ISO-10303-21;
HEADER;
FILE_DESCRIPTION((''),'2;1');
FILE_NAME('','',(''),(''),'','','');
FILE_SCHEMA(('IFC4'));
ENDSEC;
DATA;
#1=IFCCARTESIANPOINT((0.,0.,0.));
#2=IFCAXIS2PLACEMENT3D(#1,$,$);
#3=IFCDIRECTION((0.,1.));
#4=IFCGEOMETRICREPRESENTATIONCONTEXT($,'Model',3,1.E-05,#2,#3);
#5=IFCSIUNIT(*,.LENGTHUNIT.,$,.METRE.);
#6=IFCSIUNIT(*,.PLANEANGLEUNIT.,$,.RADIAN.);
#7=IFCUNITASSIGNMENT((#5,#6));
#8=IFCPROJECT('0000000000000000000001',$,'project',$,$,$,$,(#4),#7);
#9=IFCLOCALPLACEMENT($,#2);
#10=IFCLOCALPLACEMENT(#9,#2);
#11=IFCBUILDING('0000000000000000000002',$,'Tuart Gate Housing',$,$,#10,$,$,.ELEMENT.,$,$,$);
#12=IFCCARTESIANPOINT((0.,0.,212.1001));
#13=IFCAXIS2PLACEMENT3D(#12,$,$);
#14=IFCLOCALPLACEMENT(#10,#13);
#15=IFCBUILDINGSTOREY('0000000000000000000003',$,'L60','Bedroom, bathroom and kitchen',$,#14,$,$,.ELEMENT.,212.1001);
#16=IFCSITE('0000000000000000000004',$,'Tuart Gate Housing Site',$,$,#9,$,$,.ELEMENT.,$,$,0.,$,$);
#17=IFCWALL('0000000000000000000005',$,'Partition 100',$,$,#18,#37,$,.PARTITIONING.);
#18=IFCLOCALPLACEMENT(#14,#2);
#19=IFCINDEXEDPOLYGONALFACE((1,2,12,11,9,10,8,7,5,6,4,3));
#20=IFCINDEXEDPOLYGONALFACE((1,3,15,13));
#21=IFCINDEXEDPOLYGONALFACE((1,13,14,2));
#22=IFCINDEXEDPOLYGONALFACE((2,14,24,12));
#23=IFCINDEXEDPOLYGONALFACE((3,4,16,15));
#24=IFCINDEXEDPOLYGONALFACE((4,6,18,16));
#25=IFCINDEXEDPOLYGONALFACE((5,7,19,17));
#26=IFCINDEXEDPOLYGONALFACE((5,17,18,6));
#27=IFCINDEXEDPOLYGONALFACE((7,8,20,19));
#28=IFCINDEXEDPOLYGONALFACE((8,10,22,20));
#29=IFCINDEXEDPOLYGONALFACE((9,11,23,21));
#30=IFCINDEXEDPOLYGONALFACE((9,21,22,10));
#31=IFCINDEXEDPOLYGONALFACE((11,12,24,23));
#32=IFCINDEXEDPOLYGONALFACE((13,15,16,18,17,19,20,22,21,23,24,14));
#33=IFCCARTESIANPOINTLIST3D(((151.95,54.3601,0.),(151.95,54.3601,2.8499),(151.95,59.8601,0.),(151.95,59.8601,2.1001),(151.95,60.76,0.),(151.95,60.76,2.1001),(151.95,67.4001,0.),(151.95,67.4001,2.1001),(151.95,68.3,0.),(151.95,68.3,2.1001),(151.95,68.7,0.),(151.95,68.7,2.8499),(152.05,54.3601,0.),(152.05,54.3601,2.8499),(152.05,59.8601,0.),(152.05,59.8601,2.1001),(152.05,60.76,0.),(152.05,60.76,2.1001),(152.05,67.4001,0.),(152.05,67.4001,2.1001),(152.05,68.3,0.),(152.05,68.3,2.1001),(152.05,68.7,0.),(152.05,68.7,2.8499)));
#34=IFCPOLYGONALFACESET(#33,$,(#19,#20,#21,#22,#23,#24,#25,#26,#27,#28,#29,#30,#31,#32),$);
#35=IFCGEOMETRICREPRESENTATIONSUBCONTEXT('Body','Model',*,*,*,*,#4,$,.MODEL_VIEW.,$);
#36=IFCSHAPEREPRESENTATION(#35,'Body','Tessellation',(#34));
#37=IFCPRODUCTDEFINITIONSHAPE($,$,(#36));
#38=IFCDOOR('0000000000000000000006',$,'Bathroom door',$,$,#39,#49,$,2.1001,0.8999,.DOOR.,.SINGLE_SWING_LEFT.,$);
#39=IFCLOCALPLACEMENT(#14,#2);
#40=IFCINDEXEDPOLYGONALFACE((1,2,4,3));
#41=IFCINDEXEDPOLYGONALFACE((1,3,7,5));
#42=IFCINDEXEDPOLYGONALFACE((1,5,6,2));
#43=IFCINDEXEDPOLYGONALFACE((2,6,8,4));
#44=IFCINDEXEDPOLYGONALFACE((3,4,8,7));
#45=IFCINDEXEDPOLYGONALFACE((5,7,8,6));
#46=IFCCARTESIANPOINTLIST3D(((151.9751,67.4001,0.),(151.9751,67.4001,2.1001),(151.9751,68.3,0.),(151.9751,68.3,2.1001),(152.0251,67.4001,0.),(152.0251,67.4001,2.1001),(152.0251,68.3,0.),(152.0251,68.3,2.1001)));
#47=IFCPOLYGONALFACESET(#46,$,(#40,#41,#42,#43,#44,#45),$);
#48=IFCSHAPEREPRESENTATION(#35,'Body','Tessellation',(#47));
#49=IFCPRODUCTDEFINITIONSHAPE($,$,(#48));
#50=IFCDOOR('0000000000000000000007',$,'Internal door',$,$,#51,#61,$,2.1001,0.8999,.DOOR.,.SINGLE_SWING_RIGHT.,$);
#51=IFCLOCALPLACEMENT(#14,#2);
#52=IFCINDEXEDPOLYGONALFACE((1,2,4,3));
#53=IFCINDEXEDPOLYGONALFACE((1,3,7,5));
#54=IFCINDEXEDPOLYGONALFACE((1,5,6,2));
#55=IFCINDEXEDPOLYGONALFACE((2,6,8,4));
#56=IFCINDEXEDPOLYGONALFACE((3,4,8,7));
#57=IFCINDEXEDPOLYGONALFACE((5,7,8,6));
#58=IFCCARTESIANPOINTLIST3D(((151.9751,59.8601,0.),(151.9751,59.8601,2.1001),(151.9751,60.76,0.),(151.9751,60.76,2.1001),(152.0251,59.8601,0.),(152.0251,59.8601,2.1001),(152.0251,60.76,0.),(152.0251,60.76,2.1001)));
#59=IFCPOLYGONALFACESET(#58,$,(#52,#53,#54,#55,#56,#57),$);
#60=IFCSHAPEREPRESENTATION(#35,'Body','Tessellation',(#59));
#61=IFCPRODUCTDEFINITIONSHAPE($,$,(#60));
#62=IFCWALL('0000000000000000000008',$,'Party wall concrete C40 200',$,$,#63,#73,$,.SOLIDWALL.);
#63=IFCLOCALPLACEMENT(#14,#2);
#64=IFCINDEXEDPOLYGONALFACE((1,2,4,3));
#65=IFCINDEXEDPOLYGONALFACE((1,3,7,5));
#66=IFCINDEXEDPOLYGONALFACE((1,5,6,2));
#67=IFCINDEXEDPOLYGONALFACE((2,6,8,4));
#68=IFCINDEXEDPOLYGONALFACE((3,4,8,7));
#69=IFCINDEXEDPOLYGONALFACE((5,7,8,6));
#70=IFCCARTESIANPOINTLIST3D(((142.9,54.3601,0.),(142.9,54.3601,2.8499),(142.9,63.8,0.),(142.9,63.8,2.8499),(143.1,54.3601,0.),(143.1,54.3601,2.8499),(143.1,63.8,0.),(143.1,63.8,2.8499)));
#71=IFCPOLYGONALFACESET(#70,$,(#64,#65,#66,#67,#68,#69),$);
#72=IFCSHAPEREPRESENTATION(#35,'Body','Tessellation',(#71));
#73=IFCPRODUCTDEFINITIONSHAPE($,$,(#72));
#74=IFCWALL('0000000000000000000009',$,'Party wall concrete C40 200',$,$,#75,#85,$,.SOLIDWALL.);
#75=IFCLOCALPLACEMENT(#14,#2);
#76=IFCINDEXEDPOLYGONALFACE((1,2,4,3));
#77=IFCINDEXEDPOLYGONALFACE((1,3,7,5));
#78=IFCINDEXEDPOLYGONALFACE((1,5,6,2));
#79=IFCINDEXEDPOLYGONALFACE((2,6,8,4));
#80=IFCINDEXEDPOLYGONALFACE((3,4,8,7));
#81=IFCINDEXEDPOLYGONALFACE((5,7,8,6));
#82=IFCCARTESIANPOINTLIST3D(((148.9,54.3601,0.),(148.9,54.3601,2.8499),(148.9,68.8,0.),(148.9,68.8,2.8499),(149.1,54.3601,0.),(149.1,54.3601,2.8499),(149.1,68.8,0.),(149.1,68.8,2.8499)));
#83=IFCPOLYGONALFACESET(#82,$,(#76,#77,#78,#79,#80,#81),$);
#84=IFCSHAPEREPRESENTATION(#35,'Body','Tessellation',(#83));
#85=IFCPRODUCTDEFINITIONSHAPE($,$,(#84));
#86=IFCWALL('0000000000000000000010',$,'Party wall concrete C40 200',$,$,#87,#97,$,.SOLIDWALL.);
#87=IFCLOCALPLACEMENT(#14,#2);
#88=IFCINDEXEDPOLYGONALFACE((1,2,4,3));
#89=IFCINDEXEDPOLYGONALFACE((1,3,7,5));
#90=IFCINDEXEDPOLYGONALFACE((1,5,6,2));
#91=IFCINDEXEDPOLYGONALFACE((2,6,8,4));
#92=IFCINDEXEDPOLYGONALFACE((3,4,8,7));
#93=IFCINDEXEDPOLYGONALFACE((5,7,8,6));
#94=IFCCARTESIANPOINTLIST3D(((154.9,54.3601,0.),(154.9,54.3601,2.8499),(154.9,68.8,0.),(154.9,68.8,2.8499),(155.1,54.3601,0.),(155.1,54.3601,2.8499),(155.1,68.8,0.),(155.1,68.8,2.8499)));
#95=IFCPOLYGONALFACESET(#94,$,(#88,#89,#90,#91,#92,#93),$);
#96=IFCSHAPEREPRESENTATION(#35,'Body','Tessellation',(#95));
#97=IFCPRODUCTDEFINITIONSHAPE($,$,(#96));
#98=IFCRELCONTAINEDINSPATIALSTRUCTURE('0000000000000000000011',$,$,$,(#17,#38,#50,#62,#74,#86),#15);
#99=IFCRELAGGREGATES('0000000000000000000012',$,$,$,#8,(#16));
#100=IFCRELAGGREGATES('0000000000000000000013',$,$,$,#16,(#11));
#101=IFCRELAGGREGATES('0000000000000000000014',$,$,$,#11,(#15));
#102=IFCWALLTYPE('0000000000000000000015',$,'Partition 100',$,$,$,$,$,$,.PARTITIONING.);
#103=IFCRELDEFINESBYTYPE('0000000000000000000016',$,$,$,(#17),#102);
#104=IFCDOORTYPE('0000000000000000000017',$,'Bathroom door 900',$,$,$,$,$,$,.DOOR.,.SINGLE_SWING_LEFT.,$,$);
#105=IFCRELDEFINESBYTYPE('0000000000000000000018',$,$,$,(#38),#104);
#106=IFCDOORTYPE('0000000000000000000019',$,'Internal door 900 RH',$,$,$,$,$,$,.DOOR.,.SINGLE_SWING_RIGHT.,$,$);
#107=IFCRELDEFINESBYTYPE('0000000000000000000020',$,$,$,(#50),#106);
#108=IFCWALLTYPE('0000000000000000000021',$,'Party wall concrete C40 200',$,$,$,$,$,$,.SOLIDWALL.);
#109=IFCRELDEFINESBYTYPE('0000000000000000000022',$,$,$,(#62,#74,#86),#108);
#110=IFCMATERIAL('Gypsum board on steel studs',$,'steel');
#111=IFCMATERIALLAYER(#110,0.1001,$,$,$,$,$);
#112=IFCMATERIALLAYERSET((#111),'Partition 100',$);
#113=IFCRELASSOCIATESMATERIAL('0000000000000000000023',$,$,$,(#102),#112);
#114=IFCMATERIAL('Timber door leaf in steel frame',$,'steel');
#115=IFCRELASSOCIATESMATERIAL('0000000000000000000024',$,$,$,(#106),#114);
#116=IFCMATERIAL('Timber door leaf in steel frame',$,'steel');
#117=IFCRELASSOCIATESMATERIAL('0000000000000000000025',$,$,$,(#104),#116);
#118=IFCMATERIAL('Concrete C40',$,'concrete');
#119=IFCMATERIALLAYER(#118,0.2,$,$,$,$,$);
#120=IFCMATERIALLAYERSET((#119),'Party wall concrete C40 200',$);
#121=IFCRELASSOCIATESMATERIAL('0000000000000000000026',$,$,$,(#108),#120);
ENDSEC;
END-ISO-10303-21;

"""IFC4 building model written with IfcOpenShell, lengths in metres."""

from ifc_helpers import new_model, si_unit, direction, frame, frame_2d, origin, place, context, subcontext, project, spatial, rectangle, extrude, material, layer, layer_set, type_object, element, fill, save


model = new_model("IFC4")

# Units and contexts
model_context = context("Model", 3, precision=1e-05, world=origin(), true_north=direction((0.0, 1.0)))
body_context = subcontext(model_context, "Body", "Model", "MODEL_VIEW")
ifc_project = project(units=[si_unit("LENGTHUNIT", "METRE"), si_unit("PLANEANGLEUNIT", "RADIAN")], contexts=[model_context])

# Site, building, storey
site_placement = place(None, origin())
site = spatial("IfcSite", under=ifc_project, at=site_placement, Name="Tuart Gate Housing Site", CompositionType="ELEMENT", RefElevation=0.0)
building_placement = place(site_placement, origin())
building = spatial("IfcBuilding", under=site, at=building_placement, Name="Tuart Gate Housing", CompositionType="ELEMENT")
storey_placement = place(building_placement, frame((0.0, 0.0, 212.1001)))
storey = spatial("IfcBuildingStorey", under=building, at=storey_placement, Name="L60", Description="Bedroom, bathroom and kitchen", CompositionType="ELEMENT", Elevation=212.1001)

# Shared definitions
ifc_material_1 = material(Name="Gypsum board on steel studs", Category="steel")
ifc_layer_1 = layer(ifc_material_1, 0.1001)
ifc_layer_set_1 = layer_set([ifc_layer_1], Name="Partition 100")
wall_type_1 = type_object("IfcWallType", Name="Partition 100", PredefinedType="PARTITIONING", material=ifc_layer_set_1)
ifc_material_2 = material(Name="Timber door leaf in steel frame", Category="steel")
door_type_1 = type_object("IfcDoorType", Name="Internal door 900 RH", OperationType="SINGLE_SWING_RIGHT", PredefinedType="DOOR", material=ifc_material_2)

# Wall, openings, doors
wall_1_placement = place(storey_placement, frame((152.0, 54.3601, 0.0), z_axis=(0.0, 0.0, 1.0), x_axis=(0.0, 1.0, 0.0)))
wall_1 = element("IfcWall", 1, at=wall_1_placement, inside=storey, type_object=wall_type_1, Name="Partition 100", PredefinedType="PARTITIONING", context=body_context, shape_type="SweptSolid", body=[
    extrude(rectangle(XDim=14.3398, YDim=0.1001, at=frame_2d((7.1699, 0.0))), origin(), (0.0, 0.0, 1.0), 2.8499),
])
opening_1_placement = place(wall_1_placement, frame((5.5, 0.0, 0.0)))
opening_1 = element("IfcOpeningElement", 2, at=opening_1_placement, cuts=wall_1, PredefinedType="OPENING", context=body_context, shape_type="SweptSolid", body=[
    extrude(rectangle(XDim=0.8999, YDim=2.1001, at=frame_2d((0.45, 1.05))), frame((0.0, 0.0601, 0.0), z_axis=(0.0, -1.0, 0.0), x_axis=(1.0, 0.0, 0.0)), (0.0, 0.0, 1.0), 0.1201),
])
opening_2_placement = place(wall_1_placement, frame((13.04, 0.0, 0.0)))
opening_2 = element("IfcOpeningElement", 3, at=opening_2_placement, cuts=wall_1, PredefinedType="OPENING", context=body_context, shape_type="SweptSolid", body=[
    extrude(rectangle(XDim=0.8999, YDim=2.1001, at=frame_2d((0.45, 1.05))), frame((0.0, 0.0601, 0.0), z_axis=(0.0, -1.0, 0.0), x_axis=(1.0, 0.0, 0.0)), (0.0, 0.0, 1.0), 0.1201),
])
ifc_material_3 = material(Name="Timber door leaf in steel frame", Category="steel")
door_type_2 = type_object("IfcDoorType", Name="Bathroom door 900", OperationType="SINGLE_SWING_LEFT", PredefinedType="DOOR", material=ifc_material_3)
door_1_placement = place(opening_2_placement, frame((0.8999, 0.0, 0.0), z_axis=(0.0, 0.0, 1.0), x_axis=(-1.0, 0.0, 0.0)))
door_1 = element("IfcDoor", 4, at=door_1_placement, inside=storey, type_object=door_type_2, Name="Bathroom door", OperationType="SINGLE_SWING_LEFT", OverallHeight=2.1001, OverallWidth=0.8999, PredefinedType="DOOR", context=body_context, shape_type="SweptSolid", body=[
    extrude(rectangle(XDim=0.8999, YDim=2.1001, at=frame_2d((0.45, 1.05))), frame((0.0, 0.0251, 0.0), z_axis=(0.0, -1.0, 0.0), x_axis=(1.0, 0.0, 0.0)), (0.0, 0.0, 1.0), 0.05),
])
fill(opening_2, door_1)
door_2_placement = place(opening_1_placement, frame((0.8999, 0.0, 0.0), z_axis=(0.0, 0.0, 1.0), x_axis=(-1.0, 0.0, 0.0)))
door_2 = element("IfcDoor", 5, at=door_2_placement, inside=storey, type_object=door_type_1, Name="Internal door", OperationType="SINGLE_SWING_RIGHT", OverallHeight=2.1001, OverallWidth=0.8999, PredefinedType="DOOR", context=body_context, shape_type="SweptSolid", body=[
    extrude(rectangle(XDim=0.8999, YDim=2.1001, at=frame_2d((0.45, 1.05))), frame((0.0, 0.0251, 0.0), z_axis=(0.0, -1.0, 0.0), x_axis=(1.0, 0.0, 0.0)), (0.0, 0.0, 1.0), 0.05),
])
fill(opening_1, door_2)

# Walls
ifc_material_4 = material(Name="Concrete C40", Category="concrete")
ifc_layer_2 = layer(ifc_material_4, 0.2)
ifc_layer_set_2 = layer_set([ifc_layer_2], Name="Party wall concrete C40 200")
wall_type_2 = type_object("IfcWallType", Name="Party wall concrete C40 200", PredefinedType="SOLIDWALL", material=ifc_layer_set_2)
wall_2_placement = place(storey_placement, frame((143.0, 54.3601, 0.0), z_axis=(0.0, 0.0, 1.0), x_axis=(0.0, 1.0, 0.0)))
element("IfcWall", 6, at=wall_2_placement, inside=storey, type_object=wall_type_2, Name="Party wall concrete C40 200", PredefinedType="SOLIDWALL", context=body_context, shape_type="SweptSolid", body=[
    extrude(rectangle(XDim=9.4399, YDim=0.2, at=frame_2d((4.72, 0.0))), origin(), (0.0, 0.0, 1.0), 2.8499),
])
for number, where, z_axis, x_axis, name in (
    (7, (149.0, 54.3601, 0.0), (0.0, 0.0, 1.0), (0.0, 1.0, 0.0), "Party wall concrete C40 200"),
    (8, (155.0, 54.3601, 0.0), (0.0, 0.0, 1.0), (0.0, 1.0, 0.0), "Party wall concrete C40 200"),
):
    element("IfcWall", number, at=place(storey_placement, frame(where, z_axis=z_axis, x_axis=x_axis)), inside=storey, type_object=wall_type_2, Name=name, PredefinedType="SOLIDWALL", context=body_context, shape_type="SweptSolid", body=[
        extrude(rectangle(XDim=14.4399, YDim=0.2, at=frame_2d((7.22, 0.0))), origin(), (0.0, 0.0, 1.0), 2.8499),
    ])

save(model, "model.ifc")
